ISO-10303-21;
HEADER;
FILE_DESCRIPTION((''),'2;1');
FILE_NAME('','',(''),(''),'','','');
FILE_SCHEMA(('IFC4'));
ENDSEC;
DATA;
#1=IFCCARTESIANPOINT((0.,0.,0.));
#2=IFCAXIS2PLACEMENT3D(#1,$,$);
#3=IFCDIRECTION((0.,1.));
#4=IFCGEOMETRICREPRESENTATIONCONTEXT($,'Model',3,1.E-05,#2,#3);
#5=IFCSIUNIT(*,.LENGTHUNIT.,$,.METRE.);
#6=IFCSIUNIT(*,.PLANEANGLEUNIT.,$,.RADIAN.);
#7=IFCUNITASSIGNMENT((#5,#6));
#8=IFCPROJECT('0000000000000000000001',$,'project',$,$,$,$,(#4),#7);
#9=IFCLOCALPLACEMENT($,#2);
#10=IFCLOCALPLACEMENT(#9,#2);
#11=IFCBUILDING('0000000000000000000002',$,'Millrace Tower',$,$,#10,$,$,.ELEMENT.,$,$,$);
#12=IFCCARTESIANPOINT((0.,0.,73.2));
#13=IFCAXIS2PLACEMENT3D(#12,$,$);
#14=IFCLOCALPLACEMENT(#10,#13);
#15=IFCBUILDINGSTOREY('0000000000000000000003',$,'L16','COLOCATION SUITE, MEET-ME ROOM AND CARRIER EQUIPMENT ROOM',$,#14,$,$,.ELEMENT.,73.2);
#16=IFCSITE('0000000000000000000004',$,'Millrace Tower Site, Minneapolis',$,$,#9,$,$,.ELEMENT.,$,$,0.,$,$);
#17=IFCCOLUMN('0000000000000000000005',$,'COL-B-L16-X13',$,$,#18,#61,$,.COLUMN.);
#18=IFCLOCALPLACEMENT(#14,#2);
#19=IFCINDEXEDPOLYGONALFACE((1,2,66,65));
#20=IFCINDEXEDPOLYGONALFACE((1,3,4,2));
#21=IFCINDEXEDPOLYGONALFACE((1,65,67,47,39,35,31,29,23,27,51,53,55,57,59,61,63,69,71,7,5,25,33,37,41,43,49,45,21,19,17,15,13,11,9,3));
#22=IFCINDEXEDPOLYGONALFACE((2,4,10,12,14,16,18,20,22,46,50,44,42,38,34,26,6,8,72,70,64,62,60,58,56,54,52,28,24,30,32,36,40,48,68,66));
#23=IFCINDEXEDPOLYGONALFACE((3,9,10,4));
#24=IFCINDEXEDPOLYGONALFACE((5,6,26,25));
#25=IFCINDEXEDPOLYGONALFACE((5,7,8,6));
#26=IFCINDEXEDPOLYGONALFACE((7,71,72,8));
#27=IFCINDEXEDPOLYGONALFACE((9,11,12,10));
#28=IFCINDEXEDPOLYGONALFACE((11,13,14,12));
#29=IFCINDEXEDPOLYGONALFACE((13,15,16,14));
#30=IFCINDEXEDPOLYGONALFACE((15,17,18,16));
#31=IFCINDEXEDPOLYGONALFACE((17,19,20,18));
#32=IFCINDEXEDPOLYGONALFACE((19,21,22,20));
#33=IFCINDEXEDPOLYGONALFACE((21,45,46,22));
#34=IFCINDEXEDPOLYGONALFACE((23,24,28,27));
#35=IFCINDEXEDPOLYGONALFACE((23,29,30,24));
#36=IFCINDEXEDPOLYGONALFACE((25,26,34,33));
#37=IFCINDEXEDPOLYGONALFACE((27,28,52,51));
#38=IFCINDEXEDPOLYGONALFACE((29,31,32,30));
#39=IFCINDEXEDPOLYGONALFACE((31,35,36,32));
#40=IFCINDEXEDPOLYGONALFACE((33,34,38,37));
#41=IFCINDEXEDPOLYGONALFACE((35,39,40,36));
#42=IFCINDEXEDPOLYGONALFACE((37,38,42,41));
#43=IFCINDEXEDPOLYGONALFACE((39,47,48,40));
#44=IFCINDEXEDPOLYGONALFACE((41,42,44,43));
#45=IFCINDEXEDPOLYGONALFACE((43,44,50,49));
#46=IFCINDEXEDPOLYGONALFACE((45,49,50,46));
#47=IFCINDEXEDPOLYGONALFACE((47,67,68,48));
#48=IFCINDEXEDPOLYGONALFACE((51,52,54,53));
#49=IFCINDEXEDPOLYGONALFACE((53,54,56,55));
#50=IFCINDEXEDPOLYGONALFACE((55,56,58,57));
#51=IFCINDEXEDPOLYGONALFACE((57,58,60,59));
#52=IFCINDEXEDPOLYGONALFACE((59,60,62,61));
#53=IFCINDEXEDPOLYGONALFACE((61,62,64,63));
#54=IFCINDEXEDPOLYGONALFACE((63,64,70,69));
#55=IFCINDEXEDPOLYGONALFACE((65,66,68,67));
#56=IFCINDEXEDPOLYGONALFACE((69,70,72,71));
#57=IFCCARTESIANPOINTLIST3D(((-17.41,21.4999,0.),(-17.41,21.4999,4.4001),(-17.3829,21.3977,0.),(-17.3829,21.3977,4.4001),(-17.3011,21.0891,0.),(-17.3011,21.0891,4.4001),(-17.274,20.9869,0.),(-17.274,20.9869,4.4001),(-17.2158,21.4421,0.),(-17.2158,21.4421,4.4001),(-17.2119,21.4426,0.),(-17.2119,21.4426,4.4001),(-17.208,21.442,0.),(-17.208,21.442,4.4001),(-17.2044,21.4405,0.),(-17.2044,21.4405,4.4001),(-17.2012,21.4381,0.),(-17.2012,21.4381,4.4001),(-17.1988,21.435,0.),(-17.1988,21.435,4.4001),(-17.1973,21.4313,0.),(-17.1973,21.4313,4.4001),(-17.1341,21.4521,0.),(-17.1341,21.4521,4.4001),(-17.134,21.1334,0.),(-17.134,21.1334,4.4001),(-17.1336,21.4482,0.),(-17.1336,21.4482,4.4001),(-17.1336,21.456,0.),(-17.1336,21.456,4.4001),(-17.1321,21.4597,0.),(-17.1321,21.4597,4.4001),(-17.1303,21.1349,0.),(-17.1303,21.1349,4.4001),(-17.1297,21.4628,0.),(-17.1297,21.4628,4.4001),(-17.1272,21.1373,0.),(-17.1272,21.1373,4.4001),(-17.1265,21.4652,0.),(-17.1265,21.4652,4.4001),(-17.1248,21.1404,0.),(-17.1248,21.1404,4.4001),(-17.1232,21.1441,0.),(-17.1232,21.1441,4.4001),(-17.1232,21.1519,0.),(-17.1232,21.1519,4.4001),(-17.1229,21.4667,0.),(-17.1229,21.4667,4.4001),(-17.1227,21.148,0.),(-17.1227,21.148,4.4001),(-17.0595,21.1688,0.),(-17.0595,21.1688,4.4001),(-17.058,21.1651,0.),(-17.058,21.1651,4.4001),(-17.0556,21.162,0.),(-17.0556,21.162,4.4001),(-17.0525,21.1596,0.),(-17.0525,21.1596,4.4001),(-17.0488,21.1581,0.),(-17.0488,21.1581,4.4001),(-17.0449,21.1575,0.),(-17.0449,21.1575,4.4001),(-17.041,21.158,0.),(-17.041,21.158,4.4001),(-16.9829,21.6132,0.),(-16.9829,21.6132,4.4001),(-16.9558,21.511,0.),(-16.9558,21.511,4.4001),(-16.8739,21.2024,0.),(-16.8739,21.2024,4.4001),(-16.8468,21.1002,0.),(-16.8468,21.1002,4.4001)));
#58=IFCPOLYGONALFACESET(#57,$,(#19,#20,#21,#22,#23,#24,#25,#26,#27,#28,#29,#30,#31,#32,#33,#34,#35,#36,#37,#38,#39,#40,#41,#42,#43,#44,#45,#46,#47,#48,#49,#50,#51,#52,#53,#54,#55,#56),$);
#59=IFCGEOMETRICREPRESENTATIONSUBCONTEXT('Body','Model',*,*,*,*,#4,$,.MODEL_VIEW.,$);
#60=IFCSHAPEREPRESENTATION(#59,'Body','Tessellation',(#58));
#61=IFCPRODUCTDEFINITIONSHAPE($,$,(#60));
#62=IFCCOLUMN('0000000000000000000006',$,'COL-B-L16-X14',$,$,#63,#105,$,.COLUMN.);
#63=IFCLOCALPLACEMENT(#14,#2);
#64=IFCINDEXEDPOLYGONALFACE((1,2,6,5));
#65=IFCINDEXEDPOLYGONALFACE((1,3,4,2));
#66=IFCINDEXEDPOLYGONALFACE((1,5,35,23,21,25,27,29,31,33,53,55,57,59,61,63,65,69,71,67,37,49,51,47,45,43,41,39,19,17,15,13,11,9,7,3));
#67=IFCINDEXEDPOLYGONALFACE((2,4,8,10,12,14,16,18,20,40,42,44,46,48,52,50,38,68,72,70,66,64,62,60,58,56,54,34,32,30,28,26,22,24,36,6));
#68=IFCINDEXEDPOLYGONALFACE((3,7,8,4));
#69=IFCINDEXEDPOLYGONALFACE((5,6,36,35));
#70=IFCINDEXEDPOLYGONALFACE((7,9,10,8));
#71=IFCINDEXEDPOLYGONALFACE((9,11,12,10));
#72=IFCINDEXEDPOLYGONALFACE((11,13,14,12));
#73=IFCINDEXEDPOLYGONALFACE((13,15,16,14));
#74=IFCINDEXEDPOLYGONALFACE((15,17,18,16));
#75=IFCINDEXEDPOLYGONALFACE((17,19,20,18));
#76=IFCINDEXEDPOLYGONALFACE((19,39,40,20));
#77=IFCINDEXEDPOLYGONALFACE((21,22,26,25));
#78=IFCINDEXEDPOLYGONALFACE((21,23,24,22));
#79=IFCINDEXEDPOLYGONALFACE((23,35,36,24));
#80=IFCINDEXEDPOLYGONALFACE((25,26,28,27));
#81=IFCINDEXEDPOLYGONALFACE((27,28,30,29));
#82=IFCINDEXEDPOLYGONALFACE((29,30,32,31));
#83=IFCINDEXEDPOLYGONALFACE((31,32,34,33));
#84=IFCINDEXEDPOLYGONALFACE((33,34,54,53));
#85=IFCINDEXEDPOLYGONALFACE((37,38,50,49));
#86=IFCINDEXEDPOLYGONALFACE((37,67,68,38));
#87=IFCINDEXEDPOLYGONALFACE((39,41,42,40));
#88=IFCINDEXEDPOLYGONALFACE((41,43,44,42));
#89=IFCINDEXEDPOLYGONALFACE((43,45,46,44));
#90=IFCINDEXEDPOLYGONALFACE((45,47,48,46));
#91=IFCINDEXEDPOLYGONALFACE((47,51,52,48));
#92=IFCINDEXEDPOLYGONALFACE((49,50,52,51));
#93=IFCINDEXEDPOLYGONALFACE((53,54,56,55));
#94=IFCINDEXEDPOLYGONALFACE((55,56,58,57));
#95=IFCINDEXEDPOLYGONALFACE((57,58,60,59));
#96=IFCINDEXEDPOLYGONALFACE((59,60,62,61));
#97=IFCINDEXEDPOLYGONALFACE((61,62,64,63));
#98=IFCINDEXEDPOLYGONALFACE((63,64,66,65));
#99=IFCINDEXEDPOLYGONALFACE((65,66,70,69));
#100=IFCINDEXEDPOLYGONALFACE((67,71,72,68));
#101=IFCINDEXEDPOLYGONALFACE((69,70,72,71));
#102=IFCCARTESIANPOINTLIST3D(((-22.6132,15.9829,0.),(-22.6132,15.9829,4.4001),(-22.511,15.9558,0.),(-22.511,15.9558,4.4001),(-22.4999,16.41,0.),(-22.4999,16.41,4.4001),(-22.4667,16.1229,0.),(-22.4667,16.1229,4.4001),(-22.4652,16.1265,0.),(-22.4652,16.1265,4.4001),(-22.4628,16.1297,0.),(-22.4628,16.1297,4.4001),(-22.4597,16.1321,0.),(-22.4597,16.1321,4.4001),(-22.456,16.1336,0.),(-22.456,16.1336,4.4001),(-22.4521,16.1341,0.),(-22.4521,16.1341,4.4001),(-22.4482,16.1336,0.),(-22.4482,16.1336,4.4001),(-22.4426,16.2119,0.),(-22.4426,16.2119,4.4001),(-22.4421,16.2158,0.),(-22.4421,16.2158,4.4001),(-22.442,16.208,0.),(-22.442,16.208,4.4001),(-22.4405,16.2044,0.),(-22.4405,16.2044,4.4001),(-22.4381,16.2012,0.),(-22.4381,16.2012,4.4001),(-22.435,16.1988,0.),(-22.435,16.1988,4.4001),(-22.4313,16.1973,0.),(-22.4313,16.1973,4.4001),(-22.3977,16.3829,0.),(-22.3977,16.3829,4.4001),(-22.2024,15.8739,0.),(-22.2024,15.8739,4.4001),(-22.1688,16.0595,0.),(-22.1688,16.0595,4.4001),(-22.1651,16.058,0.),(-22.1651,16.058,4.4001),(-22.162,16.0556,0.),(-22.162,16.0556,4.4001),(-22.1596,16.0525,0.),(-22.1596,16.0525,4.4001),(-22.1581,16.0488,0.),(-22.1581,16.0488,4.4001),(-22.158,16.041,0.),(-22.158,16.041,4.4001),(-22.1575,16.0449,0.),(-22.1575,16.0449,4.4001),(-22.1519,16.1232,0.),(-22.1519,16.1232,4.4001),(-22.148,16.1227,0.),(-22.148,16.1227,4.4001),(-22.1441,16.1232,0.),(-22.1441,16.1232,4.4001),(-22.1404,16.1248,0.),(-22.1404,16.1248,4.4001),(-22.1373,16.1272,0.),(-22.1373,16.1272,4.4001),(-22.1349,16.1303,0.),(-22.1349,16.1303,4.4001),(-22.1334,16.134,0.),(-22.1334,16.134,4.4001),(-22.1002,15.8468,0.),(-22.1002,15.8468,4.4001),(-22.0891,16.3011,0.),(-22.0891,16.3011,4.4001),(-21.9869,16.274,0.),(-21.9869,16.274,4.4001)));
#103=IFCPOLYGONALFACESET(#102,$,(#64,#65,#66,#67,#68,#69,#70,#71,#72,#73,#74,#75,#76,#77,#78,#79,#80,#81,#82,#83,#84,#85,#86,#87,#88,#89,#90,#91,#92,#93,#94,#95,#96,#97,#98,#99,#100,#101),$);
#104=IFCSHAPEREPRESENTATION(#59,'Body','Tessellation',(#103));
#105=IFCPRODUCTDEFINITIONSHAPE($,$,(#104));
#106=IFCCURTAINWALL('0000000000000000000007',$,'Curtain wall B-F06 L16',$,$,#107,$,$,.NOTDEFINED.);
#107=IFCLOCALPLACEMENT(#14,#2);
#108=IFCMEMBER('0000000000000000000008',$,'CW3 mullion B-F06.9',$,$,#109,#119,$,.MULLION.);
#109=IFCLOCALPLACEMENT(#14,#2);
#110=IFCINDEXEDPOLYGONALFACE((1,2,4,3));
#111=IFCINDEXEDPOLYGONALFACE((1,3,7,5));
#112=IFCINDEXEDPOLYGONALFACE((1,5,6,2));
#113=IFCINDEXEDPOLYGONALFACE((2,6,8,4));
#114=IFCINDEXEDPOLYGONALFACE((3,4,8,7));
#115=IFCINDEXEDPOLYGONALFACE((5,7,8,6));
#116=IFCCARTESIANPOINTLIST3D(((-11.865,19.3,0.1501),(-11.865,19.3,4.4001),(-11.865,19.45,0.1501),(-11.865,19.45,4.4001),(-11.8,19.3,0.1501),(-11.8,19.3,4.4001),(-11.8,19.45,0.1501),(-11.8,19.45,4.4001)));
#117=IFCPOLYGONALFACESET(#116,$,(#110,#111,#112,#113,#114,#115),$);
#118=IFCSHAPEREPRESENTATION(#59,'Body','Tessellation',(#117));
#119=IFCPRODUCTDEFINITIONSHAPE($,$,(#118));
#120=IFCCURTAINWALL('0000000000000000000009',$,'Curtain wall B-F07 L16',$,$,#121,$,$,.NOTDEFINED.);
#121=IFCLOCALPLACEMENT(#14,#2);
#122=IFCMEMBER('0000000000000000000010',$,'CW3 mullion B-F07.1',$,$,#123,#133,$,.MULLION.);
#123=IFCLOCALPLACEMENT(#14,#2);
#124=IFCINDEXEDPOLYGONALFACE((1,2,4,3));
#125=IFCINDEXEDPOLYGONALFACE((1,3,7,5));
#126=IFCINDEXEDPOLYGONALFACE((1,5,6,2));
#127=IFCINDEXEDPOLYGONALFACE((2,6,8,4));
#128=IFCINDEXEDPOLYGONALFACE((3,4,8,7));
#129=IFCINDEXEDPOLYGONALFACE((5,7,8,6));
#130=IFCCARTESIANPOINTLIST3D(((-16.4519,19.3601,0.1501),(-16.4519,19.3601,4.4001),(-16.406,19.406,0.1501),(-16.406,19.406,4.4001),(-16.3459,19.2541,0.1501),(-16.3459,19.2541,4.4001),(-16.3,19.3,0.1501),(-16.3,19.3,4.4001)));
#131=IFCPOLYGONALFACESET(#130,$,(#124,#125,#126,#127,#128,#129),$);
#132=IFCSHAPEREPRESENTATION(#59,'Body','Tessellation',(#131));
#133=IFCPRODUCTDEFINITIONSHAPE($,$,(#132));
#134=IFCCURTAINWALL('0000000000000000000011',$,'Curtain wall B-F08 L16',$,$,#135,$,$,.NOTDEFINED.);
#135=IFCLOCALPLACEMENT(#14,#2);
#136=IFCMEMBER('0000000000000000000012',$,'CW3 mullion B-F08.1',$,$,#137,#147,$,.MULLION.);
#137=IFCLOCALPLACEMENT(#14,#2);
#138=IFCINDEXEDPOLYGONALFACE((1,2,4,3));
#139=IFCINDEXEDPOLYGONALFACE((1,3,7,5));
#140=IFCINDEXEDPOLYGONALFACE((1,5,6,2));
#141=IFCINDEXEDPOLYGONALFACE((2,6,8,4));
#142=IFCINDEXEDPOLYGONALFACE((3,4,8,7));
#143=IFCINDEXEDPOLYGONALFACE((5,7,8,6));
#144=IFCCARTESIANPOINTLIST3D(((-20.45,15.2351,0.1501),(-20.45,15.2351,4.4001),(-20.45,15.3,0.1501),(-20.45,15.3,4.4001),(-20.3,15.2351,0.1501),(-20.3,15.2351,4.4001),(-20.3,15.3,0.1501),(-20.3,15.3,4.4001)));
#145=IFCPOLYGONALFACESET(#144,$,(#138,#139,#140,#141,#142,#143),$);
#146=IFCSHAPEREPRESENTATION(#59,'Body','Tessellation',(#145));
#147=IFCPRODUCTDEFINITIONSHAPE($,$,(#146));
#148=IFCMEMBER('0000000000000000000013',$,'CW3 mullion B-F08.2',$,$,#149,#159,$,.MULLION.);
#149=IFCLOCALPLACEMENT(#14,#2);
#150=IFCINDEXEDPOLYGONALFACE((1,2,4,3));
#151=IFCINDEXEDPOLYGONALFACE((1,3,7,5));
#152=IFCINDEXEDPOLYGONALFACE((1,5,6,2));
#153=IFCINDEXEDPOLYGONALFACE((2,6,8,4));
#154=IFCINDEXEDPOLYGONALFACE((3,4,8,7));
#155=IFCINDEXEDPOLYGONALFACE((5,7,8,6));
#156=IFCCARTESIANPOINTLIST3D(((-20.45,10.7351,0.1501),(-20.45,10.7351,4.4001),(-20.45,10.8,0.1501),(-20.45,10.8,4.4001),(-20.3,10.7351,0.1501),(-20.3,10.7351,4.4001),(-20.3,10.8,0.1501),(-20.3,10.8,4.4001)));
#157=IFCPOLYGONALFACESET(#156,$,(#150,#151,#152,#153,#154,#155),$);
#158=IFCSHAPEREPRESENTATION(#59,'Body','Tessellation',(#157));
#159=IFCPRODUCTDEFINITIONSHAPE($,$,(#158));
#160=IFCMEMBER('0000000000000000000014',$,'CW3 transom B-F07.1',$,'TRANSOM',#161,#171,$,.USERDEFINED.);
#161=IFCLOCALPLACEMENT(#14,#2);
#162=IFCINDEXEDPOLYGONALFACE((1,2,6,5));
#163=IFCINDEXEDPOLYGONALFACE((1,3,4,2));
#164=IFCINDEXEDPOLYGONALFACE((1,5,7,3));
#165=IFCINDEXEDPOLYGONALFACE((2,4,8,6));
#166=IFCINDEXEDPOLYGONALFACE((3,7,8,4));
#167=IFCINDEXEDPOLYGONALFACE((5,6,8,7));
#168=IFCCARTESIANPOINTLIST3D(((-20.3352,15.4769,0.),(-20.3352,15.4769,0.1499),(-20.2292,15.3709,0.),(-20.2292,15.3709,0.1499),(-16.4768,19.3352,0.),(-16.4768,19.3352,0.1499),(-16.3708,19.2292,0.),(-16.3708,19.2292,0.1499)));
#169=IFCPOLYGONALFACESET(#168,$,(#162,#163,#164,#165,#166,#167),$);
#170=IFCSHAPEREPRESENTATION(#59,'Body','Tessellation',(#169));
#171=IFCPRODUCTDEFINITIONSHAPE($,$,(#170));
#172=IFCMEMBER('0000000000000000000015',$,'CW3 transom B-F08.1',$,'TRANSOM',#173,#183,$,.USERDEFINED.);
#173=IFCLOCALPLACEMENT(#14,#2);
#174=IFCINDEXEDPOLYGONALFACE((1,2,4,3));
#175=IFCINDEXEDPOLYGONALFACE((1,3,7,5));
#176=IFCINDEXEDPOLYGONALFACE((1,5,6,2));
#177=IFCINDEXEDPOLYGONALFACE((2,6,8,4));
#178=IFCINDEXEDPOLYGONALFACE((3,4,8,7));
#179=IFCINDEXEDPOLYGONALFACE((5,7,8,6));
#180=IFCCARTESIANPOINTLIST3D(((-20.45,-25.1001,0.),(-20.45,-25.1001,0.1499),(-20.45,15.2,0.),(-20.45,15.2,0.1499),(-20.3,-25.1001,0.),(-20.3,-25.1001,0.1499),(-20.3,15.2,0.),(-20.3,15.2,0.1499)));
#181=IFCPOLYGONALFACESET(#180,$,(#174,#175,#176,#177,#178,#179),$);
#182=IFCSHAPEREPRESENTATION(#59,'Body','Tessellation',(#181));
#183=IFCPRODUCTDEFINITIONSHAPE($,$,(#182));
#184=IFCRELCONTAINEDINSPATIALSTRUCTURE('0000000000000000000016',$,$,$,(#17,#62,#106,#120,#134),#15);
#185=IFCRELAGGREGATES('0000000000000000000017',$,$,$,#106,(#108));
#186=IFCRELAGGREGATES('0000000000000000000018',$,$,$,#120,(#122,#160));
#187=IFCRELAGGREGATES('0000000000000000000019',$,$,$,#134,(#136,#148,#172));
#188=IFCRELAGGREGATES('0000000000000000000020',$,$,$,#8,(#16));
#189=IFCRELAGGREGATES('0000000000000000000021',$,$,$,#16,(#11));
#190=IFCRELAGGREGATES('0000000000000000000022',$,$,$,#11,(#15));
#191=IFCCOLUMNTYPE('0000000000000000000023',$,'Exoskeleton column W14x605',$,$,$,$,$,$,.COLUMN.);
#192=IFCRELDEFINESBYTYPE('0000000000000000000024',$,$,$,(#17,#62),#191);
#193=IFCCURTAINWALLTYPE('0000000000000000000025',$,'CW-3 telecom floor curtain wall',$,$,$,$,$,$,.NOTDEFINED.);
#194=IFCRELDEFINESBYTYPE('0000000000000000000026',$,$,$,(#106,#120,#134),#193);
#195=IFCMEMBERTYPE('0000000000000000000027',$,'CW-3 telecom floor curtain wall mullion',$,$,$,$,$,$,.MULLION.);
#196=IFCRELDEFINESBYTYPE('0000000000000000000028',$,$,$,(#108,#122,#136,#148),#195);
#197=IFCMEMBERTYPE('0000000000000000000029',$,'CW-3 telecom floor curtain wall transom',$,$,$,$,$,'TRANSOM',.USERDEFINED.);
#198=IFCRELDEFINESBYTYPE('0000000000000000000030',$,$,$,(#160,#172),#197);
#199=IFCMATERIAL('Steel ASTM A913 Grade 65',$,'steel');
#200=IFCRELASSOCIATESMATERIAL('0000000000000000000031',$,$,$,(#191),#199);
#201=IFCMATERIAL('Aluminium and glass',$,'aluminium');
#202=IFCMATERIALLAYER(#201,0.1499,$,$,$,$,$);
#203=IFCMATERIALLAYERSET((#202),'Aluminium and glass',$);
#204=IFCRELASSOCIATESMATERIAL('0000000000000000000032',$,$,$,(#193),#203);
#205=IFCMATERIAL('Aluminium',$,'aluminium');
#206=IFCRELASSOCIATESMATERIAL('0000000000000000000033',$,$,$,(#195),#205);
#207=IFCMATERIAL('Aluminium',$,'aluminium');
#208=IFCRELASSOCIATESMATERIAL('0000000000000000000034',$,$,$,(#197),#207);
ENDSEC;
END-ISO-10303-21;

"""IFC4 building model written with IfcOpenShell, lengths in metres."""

from ifc_helpers import new_model, si_unit, direction, frame, origin, origin_2d, place, context, subcontext, project, spatial, rectangle, i_section, extrude, material, layer, layer_set, material_profile, profile_set, type_object, element, aggregate, save


model = new_model("IFC4")

# Units and contexts
model_context = context("Model", 3, precision=1e-05, world=origin(), true_north=direction((0.0, 1.0)))
body_context = subcontext(model_context, "Body", "Model", "MODEL_VIEW")
ifc_project = project(units=[si_unit("LENGTHUNIT", "METRE"), si_unit("PLANEANGLEUNIT", "RADIAN")], contexts=[model_context])

# Site, building, storey
site_placement = place(None, origin())
site = spatial("IfcSite", under=ifc_project, at=site_placement, Name="Millrace Tower Site, Minneapolis", CompositionType="ELEMENT", RefElevation=0.0)
building_placement = place(site_placement, origin())
building = spatial("IfcBuilding", under=site, at=building_placement, Name="Millrace Tower", CompositionType="ELEMENT")
storey_placement = place(building_placement, frame((0.0, 0.0, 73.2)))
storey = spatial("IfcBuildingStorey", under=building, at=storey_placement, Name="L16", Description="COLOCATION SUITE, MEET-ME ROOM AND CARRIER EQUIPMENT ROOM", CompositionType="ELEMENT", Elevation=73.2)

# Columns
ifc_material_1 = material(Name="Steel ASTM A913 Grade 65", Category="steel")
ifc_material_profile_1 = material_profile(ifc_material_1, i_section(OverallWidth=0.4419, OverallDepth=0.5308, WebThickness=0.0659, FlangeThickness=0.1057, FilletRadius=0.0151, at=origin_2d()))
ifc_profile_set_1 = profile_set([ifc_material_profile_1], Name="Steel ASTM A913 Grade 65")
column_type = type_object("IfcColumnType", Name="Exoskeleton column W14x605", PredefinedType="COLUMN", material=ifc_profile_set_1)
for number, where, z_axis, x_axis, name in (
    (1, (-17.1284, 21.3, 0.0), (0.0, 0.0, 1.0), (-0.966585, -0.256347, 0.0), "COL-B-L16-X13"),
    (2, (-22.3, 16.1284, 0.0), (0.0, 0.0, 1.0), (-0.256347, -0.966585, 0.0), "COL-B-L16-X14"),
):
    element("IfcColumn", number, at=place(storey_placement, frame(where, z_axis=z_axis, x_axis=x_axis)), inside=storey, type_object=column_type, Name=name, PredefinedType="COLUMN", context=body_context, shape_type="SweptSolid", body=[
        extrude(i_section(OverallWidth=0.4419, OverallDepth=0.5308, WebThickness=0.0659, FlangeThickness=0.1057, FilletRadius=0.0151, at=origin_2d()), origin(), (0.0, 0.0, 1.0), 4.4001),
    ])

# Curtain walls, members
ifc_material_2 = material(Name="Aluminium and glass", Category="aluminium")
ifc_layer_1 = layer(ifc_material_2, 0.1499)
ifc_layer_set_1 = layer_set([ifc_layer_1], Name="Aluminium and glass")
curtain_wall_type = type_object("IfcCurtainWallType", Name="CW-3 telecom floor curtain wall", PredefinedType="NOTDEFINED", material=ifc_layer_set_1)
placement = place(storey_placement, origin())
curtain_wall_1 = element("IfcCurtainWall", 3, at=placement, inside=storey, type_object=curtain_wall_type, Name="Curtain wall B-F06 L16", PredefinedType="NOTDEFINED")
ifc_material_3 = material(Name="Aluminium", Category="aluminium")
ifc_material_profile_2 = material_profile(ifc_material_3, rectangle(XDim=0.0649, YDim=0.1499, at=origin_2d()))
ifc_profile_set_2 = profile_set([ifc_material_profile_2], Name="Aluminium")
member_type_1 = type_object("IfcMemberType", Name="CW-3 telecom floor curtain wall mullion", PredefinedType="MULLION", material=ifc_profile_set_2)
member_1_placement = place(storey_placement, frame((-11.8325, 19.375, 0.1501), z_axis=(0.0, 0.0, 1.0), x_axis=(-1.0, 0.0, 0.0)))
member_1 = element("IfcMember", 4, at=member_1_placement, type_object=member_type_1, Name="CW3 mullion B-F06.9", PredefinedType="MULLION", context=body_context, shape_type="SweptSolid", body=[
    extrude(rectangle(XDim=0.0649, YDim=0.1499, at=origin_2d()), origin(), (0.0, 0.0, 1.0), 4.25),
])
aggregate(curtain_wall_1, [member_1])
curtain_wall_2 = element("IfcCurtainWall", 5, at=placement, inside=storey, type_object=curtain_wall_type, Name="Curtain wall B-F07 L16", PredefinedType="NOTDEFINED")
member_2_placement = place(storey_placement, frame((-16.376, 19.3301, 0.1501), z_axis=(0.0, 0.0, 1.0), x_axis=(-0.707107, -0.707107, 0.0)))
member_2 = element("IfcMember", 6, at=member_2_placement, type_object=member_type_1, Name="CW3 mullion B-F07.1", PredefinedType="MULLION", context=body_context, shape_type="SweptSolid", body=[
    extrude(rectangle(XDim=0.0649, YDim=0.1499, at=origin_2d()), origin(), (0.0, 0.0, 1.0), 4.25),
])

# Curtain wall, members
curtain_wall_3 = element("IfcCurtainWall", 7, at=placement, inside=storey, type_object=curtain_wall_type, Name="Curtain wall B-F08 L16", PredefinedType="NOTDEFINED")
member_3_placement = place(storey_placement, frame((-20.375, 15.2676, 0.1501), z_axis=(0.0, 0.0, 1.0), x_axis=(0.0, -1.0, 0.0)))
member_3 = element("IfcMember", 8, at=member_3_placement, type_object=member_type_1, Name="CW3 mullion B-F08.1", PredefinedType="MULLION", context=body_context, shape_type="SweptSolid", body=[
    extrude(rectangle(XDim=0.0649, YDim=0.1499, at=origin_2d()), origin(), (0.0, 0.0, 1.0), 4.25),
])
member_4_placement = place(storey_placement, frame((-20.375, 10.7676, 0.1501), z_axis=(0.0, 0.0, 1.0), x_axis=(0.0, -1.0, 0.0)))
member_4 = element("IfcMember", 9, at=member_4_placement, type_object=member_type_1, Name="CW3 mullion B-F08.2", PredefinedType="MULLION", context=body_context, shape_type="SweptSolid", body=[
    extrude(rectangle(XDim=0.0649, YDim=0.1499, at=origin_2d()), origin(), (0.0, 0.0, 1.0), 4.25),
])

# Members
ifc_material_4 = material(Name="Aluminium", Category="aluminium")
ifc_material_profile_3 = material_profile(ifc_material_4, rectangle(XDim=0.1499, YDim=0.1499, at=origin_2d()))
ifc_profile_set_3 = profile_set([ifc_material_profile_3], Name="Aluminium")
member_type_2 = type_object("IfcMemberType", Name="CW-3 telecom floor curtain wall transom", ElementType="TRANSOM", PredefinedType="USERDEFINED", material=ifc_profile_set_3)
member_5_placement = place(storey_placement, frame((-16.4238, 19.2822, 0.075), z_axis=(-0.707107, -0.707107, 0.0), x_axis=(0.707107, -0.707107, 0.0)))
member_5 = element("IfcMember", 10, at=member_5_placement, type_object=member_type_2, Name="CW3 transom B-F07.1", ObjectType="TRANSOM", PredefinedType="USERDEFINED", context=body_context, shape_type="SweptSolid", body=[
    extrude(rectangle(XDim=0.1499, YDim=0.1499, at=origin_2d()), origin(), (0.0, 0.0, 1.0), 5.4565),
])
aggregate(curtain_wall_2, [member_2, member_5])
member_6_placement = place(storey_placement, frame((-20.375, 15.2, 0.075), z_axis=(0.0, -1.0, 0.0), x_axis=(1.0, 0.0, 0.0)))
member_6 = element("IfcMember", 11, at=member_6_placement, type_object=member_type_2, Name="CW3 transom B-F08.1", ObjectType="TRANSOM", PredefinedType="USERDEFINED", context=body_context, shape_type="SweptSolid", body=[
    extrude(rectangle(XDim=0.1499, YDim=0.1499, at=origin_2d()), origin(), (0.0, 0.0, 1.0), 40.3),
])
aggregate(curtain_wall_3, [member_3, member_4, member_6])

save(model, "model.ifc")
